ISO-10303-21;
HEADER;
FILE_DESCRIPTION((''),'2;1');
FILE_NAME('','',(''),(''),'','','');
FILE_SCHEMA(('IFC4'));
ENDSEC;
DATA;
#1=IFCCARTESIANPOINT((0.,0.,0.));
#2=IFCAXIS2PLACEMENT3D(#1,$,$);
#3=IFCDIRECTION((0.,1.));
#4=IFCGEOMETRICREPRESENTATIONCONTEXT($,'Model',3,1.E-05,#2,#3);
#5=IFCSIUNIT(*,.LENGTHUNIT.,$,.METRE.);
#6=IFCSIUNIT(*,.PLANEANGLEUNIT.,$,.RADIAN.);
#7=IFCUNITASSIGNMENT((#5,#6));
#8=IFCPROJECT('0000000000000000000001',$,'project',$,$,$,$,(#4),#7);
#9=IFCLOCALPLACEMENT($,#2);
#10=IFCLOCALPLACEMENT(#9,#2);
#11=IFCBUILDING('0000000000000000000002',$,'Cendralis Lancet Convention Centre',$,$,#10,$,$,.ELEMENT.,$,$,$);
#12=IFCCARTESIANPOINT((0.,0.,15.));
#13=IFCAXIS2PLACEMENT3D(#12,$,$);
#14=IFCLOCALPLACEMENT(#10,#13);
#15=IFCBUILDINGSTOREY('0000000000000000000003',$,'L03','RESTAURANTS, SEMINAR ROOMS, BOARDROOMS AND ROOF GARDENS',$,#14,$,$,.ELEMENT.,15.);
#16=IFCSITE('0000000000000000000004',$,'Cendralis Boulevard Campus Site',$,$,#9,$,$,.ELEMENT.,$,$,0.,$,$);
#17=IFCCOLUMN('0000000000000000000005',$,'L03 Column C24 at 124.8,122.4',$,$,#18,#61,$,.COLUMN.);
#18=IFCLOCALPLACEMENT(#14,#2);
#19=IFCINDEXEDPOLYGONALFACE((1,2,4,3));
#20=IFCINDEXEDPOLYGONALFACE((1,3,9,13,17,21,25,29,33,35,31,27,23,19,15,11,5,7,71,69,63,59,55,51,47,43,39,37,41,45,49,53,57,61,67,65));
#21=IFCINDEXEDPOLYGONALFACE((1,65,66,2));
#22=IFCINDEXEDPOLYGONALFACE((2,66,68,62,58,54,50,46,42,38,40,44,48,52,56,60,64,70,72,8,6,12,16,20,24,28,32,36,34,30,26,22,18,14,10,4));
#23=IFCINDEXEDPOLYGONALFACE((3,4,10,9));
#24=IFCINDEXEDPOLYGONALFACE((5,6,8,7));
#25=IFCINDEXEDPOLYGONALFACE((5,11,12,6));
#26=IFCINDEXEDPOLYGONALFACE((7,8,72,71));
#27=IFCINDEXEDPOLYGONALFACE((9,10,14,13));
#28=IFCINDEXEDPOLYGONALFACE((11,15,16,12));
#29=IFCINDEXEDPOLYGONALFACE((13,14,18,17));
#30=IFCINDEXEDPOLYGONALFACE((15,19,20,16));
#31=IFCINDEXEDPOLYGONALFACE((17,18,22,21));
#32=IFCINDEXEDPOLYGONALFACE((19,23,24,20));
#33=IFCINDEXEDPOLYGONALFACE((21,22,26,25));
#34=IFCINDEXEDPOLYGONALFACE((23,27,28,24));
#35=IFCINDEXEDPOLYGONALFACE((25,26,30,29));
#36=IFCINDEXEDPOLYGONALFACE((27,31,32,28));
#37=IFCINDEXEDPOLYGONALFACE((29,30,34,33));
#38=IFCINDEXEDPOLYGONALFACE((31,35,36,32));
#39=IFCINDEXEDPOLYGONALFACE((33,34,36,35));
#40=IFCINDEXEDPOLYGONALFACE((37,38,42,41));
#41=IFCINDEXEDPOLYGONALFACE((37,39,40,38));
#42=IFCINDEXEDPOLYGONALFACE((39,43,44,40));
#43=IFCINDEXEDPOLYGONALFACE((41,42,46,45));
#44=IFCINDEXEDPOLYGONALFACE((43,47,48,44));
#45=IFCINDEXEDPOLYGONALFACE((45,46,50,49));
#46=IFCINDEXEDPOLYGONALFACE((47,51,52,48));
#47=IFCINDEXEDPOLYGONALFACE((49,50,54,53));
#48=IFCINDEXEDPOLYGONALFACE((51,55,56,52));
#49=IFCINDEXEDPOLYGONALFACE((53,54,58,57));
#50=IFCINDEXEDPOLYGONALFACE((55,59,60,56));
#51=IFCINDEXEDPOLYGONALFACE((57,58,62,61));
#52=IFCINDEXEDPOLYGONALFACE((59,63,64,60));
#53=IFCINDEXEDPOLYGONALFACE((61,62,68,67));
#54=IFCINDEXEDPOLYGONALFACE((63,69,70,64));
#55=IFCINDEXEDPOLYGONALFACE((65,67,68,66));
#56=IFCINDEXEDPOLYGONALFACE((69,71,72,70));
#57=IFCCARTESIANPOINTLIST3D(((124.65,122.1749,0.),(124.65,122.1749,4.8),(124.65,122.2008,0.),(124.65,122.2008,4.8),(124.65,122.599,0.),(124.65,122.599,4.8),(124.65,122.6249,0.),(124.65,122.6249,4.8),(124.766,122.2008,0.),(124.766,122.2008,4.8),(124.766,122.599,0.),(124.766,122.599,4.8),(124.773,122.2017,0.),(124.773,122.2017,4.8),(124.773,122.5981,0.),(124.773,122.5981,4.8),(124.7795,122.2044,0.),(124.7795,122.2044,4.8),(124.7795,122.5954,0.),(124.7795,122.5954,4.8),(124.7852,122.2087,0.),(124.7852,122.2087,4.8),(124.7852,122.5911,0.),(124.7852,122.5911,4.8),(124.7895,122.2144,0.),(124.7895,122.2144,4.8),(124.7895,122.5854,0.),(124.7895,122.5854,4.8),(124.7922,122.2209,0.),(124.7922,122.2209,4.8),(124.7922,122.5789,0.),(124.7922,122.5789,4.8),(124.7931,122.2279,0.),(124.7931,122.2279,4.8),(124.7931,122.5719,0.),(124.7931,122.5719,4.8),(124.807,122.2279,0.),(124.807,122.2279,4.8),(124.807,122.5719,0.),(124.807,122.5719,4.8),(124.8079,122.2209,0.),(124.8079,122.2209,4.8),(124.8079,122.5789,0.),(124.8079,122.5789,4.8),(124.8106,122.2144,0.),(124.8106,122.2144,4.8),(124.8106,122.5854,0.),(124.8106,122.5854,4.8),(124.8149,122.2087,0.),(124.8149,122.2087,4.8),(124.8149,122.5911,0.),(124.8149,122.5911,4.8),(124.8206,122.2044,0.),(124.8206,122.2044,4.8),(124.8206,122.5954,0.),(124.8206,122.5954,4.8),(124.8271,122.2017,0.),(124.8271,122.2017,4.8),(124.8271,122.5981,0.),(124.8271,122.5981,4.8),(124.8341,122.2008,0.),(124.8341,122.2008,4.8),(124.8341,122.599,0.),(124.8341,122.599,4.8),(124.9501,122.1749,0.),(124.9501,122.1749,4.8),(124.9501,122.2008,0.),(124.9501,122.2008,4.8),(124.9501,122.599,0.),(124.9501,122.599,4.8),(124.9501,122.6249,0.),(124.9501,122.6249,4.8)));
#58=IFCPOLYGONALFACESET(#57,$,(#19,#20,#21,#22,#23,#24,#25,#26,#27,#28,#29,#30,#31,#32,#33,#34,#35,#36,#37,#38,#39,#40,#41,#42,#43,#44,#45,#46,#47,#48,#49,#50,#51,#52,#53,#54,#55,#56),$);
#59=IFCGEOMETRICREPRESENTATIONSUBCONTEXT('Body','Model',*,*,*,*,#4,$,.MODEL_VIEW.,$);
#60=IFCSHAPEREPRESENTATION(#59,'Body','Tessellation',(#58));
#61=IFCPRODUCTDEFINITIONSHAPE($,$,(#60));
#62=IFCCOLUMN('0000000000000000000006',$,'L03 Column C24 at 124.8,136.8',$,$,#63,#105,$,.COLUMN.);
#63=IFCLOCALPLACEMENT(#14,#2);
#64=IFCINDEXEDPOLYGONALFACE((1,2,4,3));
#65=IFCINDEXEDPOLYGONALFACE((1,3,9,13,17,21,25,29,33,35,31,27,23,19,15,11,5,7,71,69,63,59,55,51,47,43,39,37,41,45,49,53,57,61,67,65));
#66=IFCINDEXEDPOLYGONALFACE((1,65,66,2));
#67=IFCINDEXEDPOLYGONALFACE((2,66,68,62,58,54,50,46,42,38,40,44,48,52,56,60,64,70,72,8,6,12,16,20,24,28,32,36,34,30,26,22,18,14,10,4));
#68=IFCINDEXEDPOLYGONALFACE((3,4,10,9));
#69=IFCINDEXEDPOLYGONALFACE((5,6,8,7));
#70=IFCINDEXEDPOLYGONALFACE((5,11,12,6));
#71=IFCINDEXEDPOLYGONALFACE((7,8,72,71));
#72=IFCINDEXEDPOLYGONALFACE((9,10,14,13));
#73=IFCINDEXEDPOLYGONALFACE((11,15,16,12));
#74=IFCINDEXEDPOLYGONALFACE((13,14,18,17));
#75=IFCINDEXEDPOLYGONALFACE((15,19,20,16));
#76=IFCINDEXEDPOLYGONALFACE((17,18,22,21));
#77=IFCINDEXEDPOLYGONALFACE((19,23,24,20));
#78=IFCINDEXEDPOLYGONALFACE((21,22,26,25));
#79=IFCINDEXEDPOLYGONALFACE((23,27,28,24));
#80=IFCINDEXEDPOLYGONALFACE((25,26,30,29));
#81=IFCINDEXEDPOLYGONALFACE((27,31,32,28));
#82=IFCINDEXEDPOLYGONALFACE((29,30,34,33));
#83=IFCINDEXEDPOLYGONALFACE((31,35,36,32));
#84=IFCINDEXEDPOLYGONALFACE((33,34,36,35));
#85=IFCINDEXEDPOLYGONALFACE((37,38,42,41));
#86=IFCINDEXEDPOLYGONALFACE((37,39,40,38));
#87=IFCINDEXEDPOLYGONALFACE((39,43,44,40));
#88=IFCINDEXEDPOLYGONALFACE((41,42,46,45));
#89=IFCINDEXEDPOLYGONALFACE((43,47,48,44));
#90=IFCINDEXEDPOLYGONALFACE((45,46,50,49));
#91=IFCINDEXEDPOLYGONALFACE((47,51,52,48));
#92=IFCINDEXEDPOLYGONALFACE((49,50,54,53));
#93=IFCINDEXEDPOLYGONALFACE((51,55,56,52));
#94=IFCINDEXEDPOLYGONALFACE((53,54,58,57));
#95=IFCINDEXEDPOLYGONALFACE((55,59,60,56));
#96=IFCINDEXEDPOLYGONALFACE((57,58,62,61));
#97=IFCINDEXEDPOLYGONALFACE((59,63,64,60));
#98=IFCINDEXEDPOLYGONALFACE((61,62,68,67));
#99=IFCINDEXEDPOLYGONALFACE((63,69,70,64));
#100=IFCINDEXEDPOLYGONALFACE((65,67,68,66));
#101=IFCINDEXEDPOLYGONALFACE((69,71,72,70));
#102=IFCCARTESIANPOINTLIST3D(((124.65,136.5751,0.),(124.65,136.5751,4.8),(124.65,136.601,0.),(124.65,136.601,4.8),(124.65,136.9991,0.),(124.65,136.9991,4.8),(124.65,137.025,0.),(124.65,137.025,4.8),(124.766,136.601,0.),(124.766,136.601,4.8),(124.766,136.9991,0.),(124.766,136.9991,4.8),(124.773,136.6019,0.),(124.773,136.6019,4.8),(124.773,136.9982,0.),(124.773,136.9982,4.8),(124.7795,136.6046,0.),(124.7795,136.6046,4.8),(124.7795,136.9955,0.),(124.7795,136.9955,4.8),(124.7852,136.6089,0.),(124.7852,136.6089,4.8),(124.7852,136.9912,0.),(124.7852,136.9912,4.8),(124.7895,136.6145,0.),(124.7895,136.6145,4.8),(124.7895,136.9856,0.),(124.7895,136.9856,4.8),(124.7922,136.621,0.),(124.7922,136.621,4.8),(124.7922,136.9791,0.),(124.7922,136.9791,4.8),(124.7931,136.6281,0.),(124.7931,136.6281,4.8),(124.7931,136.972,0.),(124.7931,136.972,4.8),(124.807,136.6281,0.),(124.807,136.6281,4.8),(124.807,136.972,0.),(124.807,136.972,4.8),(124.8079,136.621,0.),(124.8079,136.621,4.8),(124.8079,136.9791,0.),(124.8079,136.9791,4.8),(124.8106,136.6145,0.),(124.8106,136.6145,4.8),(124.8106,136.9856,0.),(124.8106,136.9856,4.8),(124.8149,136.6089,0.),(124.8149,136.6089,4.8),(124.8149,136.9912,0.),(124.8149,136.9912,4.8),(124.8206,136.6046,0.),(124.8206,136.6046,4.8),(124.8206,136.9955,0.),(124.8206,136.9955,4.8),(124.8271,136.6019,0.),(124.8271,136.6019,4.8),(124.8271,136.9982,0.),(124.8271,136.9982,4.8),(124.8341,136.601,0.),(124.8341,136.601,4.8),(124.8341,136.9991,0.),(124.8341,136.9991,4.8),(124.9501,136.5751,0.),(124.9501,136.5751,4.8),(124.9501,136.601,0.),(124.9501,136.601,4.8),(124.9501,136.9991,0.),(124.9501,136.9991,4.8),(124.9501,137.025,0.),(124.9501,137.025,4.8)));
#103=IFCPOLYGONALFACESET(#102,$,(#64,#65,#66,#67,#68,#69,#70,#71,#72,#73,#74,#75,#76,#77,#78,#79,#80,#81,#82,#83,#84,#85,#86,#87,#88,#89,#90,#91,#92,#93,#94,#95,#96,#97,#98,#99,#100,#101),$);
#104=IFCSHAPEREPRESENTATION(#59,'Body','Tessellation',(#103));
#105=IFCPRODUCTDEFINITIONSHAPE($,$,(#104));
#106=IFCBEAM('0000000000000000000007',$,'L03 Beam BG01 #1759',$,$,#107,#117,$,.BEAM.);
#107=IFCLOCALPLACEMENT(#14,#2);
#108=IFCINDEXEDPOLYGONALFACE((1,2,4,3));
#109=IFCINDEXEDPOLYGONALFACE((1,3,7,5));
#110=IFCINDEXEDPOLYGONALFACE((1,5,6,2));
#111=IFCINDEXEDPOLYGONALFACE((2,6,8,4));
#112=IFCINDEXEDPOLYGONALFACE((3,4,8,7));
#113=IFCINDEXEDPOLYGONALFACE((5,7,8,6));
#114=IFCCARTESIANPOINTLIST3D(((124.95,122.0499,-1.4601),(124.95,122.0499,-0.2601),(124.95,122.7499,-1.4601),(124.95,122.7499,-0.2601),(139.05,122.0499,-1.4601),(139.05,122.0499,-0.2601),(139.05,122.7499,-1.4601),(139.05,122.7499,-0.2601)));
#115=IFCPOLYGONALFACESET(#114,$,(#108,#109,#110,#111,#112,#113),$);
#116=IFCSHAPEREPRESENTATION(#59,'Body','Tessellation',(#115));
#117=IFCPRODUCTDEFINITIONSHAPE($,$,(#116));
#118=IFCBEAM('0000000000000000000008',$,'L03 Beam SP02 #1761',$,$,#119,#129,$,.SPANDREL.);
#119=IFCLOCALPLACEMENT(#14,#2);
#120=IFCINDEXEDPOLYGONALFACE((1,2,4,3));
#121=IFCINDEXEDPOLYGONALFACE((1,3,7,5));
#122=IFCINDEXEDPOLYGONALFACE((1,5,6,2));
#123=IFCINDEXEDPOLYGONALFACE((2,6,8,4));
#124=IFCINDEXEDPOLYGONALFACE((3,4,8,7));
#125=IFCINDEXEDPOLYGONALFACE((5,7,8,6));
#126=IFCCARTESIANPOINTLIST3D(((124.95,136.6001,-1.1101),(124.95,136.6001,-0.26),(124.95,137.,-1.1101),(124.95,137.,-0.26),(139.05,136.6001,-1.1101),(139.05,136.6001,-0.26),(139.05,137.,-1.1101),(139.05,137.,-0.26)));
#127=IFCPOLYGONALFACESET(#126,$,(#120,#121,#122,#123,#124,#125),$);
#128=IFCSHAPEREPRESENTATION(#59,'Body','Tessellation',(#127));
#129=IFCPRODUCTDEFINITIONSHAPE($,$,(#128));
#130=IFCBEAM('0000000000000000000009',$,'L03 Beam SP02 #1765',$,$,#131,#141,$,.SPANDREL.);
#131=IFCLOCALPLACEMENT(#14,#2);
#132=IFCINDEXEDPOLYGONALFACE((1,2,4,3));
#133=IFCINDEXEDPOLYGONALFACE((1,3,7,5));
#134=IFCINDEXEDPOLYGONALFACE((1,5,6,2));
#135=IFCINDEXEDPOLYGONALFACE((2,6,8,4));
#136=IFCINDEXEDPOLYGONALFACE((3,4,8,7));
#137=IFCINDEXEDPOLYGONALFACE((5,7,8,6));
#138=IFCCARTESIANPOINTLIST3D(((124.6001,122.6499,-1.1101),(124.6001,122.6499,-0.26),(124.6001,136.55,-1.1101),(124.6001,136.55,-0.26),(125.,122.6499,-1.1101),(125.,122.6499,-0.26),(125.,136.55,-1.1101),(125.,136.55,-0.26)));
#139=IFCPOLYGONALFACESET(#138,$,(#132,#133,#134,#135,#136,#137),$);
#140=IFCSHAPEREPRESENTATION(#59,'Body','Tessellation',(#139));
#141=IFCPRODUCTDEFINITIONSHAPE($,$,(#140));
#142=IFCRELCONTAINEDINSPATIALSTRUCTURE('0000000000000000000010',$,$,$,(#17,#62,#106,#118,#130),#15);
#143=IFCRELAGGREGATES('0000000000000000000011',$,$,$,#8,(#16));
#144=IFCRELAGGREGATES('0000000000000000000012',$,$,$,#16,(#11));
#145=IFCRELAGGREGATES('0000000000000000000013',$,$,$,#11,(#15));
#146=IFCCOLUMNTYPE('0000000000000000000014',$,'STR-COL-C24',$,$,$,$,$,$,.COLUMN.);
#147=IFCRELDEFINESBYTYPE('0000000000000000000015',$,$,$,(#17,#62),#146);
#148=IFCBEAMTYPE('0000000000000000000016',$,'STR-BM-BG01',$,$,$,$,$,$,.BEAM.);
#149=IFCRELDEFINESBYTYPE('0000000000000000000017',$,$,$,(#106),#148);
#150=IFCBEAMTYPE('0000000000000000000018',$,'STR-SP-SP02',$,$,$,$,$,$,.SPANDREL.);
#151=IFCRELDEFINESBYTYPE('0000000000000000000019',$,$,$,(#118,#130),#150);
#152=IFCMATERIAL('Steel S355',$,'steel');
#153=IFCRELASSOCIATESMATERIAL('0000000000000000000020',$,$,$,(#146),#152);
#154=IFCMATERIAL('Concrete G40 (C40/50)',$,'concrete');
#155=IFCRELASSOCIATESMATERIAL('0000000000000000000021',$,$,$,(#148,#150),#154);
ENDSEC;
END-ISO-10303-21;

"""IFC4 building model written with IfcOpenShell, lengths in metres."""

from ifc_helpers import new_model, si_unit, direction, frame, origin, origin_2d, place, context, subcontext, project, spatial, rectangle, i_section, extrude, material, material_profile, profile_set, type_object, element, save


model = new_model("IFC4")

# Units and contexts
model_context = context("Model", 3, precision=1e-05, world=origin(), true_north=direction((0.0, 1.0)))
body_context = subcontext(model_context, "Body", "Model", "MODEL_VIEW")
ifc_project = project(units=[si_unit("LENGTHUNIT", "METRE"), si_unit("PLANEANGLEUNIT", "RADIAN")], contexts=[model_context])

# Site, building, storey
site_placement = place(None, origin())
site = spatial("IfcSite", under=ifc_project, at=site_placement, Name="Cendralis Boulevard Campus Site", CompositionType="ELEMENT", RefElevation=0.0)
building_placement = place(site_placement, origin())
building = spatial("IfcBuilding", under=site, at=building_placement, Name="Cendralis Lancet Convention Centre", CompositionType="ELEMENT")
storey_placement = place(building_placement, frame((0.0, 0.0, 15.0)))
storey = spatial("IfcBuildingStorey", under=building, at=storey_placement, Name="L03", Description="RESTAURANTS, SEMINAR ROOMS, BOARDROOMS AND ROOF GARDENS", CompositionType="ELEMENT", Elevation=15.0)

# Columns
ifc_material_1 = material(Name="Steel S355", Category="steel")
ifc_material_profile_1 = material_profile(ifc_material_1, i_section(OverallWidth=0.3, OverallDepth=0.45, WebThickness=0.0139, FlangeThickness=0.0259, FilletRadius=0.0271, at=origin_2d()), Name="HEB 450")
ifc_profile_set_1 = profile_set([ifc_material_profile_1], Name="Steel S355")
column_type = type_object("IfcColumnType", Name="STR-COL-C24", PredefinedType="COLUMN", material=ifc_profile_set_1)
for number, where, z_axis, x_axis, name in (
    (1, (124.8, 122.3999, 0.0), (0.0, 0.0, 1.0), (1.0, 0.0, 0.0), "L03 Column C24 at 124.8,122.4"),
    (2, (124.8, 136.8, 0.0), (0.0, 0.0, 1.0), (1.0, 0.0, 0.0), "L03 Column C24 at 124.8,136.8"),
):
    element("IfcColumn", number, at=place(storey_placement, frame(where, z_axis=z_axis, x_axis=x_axis)), inside=storey, type_object=column_type, Name=name, PredefinedType="COLUMN", context=body_context, shape_type="SweptSolid", body=[
        extrude(i_section(OverallWidth=0.3, OverallDepth=0.45, WebThickness=0.0139, FlangeThickness=0.0259, FilletRadius=0.0271, at=origin_2d()), origin(), (0.0, 0.0, 1.0), 4.8),
    ])

# Beams
ifc_material_2 = material(Name="Concrete G40 (C40/50)", Category="concrete")
ifc_material_profile_2 = material_profile(ifc_material_2, rectangle(XDim=0.7, YDim=1.2, at=origin_2d()), Name="RCB 700x1200")
ifc_profile_set_2 = profile_set([ifc_material_profile_2], Name="Concrete G40 (C40/50)")
beam_type_1 = type_object("IfcBeamType", Name="STR-BM-BG01", PredefinedType="BEAM", material=ifc_profile_set_2)
beam_1_placement = place(storey_placement, frame((124.95, 122.3999, -0.8601), z_axis=(1.0, 0.0, 0.0), x_axis=(0.0, 1.0, 0.0)))
element("IfcBeam", 3, at=beam_1_placement, inside=storey, type_object=beam_type_1, Name="L03 Beam BG01 #1759", PredefinedType="BEAM", context=body_context, shape_type="SweptSolid", body=[
    extrude(rectangle(XDim=0.7, YDim=1.2, at=origin_2d()), origin(), (0.0, 0.0, 1.0), 14.1001),
])
ifc_material_profile_3 = material_profile(ifc_material_2, rectangle(XDim=0.3999, YDim=0.8501, at=origin_2d()), Name="RCB 400x850")
ifc_profile_set_3 = profile_set([ifc_material_profile_3], Name="Concrete G40 (C40/50)")
beam_type_2 = type_object("IfcBeamType", Name="STR-SP-SP02", PredefinedType="SPANDREL", material=ifc_profile_set_3)
beam_2_placement = place(storey_placement, frame((124.95, 136.8, -0.6851), z_axis=(1.0, 0.0, 0.0), x_axis=(0.0, 1.0, 0.0)))
element("IfcBeam", 4, at=beam_2_placement, inside=storey, type_object=beam_type_2, Name="L03 Beam SP02 #1761", PredefinedType="SPANDREL", context=body_context, shape_type="SweptSolid", body=[
    extrude(rectangle(XDim=0.3999, YDim=0.8501, at=origin_2d()), origin(), (0.0, 0.0, 1.0), 14.1001),
])
beam_3_placement = place(storey_placement, frame((124.8, 122.6499, -0.6851), z_axis=(0.0, 1.0, 0.0), x_axis=(-1.0, 0.0, 0.0)))
element("IfcBeam", 5, at=beam_3_placement, inside=storey, type_object=beam_type_2, Name="L03 Beam SP02 #1765", PredefinedType="SPANDREL", context=body_context, shape_type="SweptSolid", body=[
    extrude(rectangle(XDim=0.3999, YDim=0.8501, at=origin_2d()), origin(), (0.0, 0.0, 1.0), 13.9001),
])

save(model, "model.ifc")
